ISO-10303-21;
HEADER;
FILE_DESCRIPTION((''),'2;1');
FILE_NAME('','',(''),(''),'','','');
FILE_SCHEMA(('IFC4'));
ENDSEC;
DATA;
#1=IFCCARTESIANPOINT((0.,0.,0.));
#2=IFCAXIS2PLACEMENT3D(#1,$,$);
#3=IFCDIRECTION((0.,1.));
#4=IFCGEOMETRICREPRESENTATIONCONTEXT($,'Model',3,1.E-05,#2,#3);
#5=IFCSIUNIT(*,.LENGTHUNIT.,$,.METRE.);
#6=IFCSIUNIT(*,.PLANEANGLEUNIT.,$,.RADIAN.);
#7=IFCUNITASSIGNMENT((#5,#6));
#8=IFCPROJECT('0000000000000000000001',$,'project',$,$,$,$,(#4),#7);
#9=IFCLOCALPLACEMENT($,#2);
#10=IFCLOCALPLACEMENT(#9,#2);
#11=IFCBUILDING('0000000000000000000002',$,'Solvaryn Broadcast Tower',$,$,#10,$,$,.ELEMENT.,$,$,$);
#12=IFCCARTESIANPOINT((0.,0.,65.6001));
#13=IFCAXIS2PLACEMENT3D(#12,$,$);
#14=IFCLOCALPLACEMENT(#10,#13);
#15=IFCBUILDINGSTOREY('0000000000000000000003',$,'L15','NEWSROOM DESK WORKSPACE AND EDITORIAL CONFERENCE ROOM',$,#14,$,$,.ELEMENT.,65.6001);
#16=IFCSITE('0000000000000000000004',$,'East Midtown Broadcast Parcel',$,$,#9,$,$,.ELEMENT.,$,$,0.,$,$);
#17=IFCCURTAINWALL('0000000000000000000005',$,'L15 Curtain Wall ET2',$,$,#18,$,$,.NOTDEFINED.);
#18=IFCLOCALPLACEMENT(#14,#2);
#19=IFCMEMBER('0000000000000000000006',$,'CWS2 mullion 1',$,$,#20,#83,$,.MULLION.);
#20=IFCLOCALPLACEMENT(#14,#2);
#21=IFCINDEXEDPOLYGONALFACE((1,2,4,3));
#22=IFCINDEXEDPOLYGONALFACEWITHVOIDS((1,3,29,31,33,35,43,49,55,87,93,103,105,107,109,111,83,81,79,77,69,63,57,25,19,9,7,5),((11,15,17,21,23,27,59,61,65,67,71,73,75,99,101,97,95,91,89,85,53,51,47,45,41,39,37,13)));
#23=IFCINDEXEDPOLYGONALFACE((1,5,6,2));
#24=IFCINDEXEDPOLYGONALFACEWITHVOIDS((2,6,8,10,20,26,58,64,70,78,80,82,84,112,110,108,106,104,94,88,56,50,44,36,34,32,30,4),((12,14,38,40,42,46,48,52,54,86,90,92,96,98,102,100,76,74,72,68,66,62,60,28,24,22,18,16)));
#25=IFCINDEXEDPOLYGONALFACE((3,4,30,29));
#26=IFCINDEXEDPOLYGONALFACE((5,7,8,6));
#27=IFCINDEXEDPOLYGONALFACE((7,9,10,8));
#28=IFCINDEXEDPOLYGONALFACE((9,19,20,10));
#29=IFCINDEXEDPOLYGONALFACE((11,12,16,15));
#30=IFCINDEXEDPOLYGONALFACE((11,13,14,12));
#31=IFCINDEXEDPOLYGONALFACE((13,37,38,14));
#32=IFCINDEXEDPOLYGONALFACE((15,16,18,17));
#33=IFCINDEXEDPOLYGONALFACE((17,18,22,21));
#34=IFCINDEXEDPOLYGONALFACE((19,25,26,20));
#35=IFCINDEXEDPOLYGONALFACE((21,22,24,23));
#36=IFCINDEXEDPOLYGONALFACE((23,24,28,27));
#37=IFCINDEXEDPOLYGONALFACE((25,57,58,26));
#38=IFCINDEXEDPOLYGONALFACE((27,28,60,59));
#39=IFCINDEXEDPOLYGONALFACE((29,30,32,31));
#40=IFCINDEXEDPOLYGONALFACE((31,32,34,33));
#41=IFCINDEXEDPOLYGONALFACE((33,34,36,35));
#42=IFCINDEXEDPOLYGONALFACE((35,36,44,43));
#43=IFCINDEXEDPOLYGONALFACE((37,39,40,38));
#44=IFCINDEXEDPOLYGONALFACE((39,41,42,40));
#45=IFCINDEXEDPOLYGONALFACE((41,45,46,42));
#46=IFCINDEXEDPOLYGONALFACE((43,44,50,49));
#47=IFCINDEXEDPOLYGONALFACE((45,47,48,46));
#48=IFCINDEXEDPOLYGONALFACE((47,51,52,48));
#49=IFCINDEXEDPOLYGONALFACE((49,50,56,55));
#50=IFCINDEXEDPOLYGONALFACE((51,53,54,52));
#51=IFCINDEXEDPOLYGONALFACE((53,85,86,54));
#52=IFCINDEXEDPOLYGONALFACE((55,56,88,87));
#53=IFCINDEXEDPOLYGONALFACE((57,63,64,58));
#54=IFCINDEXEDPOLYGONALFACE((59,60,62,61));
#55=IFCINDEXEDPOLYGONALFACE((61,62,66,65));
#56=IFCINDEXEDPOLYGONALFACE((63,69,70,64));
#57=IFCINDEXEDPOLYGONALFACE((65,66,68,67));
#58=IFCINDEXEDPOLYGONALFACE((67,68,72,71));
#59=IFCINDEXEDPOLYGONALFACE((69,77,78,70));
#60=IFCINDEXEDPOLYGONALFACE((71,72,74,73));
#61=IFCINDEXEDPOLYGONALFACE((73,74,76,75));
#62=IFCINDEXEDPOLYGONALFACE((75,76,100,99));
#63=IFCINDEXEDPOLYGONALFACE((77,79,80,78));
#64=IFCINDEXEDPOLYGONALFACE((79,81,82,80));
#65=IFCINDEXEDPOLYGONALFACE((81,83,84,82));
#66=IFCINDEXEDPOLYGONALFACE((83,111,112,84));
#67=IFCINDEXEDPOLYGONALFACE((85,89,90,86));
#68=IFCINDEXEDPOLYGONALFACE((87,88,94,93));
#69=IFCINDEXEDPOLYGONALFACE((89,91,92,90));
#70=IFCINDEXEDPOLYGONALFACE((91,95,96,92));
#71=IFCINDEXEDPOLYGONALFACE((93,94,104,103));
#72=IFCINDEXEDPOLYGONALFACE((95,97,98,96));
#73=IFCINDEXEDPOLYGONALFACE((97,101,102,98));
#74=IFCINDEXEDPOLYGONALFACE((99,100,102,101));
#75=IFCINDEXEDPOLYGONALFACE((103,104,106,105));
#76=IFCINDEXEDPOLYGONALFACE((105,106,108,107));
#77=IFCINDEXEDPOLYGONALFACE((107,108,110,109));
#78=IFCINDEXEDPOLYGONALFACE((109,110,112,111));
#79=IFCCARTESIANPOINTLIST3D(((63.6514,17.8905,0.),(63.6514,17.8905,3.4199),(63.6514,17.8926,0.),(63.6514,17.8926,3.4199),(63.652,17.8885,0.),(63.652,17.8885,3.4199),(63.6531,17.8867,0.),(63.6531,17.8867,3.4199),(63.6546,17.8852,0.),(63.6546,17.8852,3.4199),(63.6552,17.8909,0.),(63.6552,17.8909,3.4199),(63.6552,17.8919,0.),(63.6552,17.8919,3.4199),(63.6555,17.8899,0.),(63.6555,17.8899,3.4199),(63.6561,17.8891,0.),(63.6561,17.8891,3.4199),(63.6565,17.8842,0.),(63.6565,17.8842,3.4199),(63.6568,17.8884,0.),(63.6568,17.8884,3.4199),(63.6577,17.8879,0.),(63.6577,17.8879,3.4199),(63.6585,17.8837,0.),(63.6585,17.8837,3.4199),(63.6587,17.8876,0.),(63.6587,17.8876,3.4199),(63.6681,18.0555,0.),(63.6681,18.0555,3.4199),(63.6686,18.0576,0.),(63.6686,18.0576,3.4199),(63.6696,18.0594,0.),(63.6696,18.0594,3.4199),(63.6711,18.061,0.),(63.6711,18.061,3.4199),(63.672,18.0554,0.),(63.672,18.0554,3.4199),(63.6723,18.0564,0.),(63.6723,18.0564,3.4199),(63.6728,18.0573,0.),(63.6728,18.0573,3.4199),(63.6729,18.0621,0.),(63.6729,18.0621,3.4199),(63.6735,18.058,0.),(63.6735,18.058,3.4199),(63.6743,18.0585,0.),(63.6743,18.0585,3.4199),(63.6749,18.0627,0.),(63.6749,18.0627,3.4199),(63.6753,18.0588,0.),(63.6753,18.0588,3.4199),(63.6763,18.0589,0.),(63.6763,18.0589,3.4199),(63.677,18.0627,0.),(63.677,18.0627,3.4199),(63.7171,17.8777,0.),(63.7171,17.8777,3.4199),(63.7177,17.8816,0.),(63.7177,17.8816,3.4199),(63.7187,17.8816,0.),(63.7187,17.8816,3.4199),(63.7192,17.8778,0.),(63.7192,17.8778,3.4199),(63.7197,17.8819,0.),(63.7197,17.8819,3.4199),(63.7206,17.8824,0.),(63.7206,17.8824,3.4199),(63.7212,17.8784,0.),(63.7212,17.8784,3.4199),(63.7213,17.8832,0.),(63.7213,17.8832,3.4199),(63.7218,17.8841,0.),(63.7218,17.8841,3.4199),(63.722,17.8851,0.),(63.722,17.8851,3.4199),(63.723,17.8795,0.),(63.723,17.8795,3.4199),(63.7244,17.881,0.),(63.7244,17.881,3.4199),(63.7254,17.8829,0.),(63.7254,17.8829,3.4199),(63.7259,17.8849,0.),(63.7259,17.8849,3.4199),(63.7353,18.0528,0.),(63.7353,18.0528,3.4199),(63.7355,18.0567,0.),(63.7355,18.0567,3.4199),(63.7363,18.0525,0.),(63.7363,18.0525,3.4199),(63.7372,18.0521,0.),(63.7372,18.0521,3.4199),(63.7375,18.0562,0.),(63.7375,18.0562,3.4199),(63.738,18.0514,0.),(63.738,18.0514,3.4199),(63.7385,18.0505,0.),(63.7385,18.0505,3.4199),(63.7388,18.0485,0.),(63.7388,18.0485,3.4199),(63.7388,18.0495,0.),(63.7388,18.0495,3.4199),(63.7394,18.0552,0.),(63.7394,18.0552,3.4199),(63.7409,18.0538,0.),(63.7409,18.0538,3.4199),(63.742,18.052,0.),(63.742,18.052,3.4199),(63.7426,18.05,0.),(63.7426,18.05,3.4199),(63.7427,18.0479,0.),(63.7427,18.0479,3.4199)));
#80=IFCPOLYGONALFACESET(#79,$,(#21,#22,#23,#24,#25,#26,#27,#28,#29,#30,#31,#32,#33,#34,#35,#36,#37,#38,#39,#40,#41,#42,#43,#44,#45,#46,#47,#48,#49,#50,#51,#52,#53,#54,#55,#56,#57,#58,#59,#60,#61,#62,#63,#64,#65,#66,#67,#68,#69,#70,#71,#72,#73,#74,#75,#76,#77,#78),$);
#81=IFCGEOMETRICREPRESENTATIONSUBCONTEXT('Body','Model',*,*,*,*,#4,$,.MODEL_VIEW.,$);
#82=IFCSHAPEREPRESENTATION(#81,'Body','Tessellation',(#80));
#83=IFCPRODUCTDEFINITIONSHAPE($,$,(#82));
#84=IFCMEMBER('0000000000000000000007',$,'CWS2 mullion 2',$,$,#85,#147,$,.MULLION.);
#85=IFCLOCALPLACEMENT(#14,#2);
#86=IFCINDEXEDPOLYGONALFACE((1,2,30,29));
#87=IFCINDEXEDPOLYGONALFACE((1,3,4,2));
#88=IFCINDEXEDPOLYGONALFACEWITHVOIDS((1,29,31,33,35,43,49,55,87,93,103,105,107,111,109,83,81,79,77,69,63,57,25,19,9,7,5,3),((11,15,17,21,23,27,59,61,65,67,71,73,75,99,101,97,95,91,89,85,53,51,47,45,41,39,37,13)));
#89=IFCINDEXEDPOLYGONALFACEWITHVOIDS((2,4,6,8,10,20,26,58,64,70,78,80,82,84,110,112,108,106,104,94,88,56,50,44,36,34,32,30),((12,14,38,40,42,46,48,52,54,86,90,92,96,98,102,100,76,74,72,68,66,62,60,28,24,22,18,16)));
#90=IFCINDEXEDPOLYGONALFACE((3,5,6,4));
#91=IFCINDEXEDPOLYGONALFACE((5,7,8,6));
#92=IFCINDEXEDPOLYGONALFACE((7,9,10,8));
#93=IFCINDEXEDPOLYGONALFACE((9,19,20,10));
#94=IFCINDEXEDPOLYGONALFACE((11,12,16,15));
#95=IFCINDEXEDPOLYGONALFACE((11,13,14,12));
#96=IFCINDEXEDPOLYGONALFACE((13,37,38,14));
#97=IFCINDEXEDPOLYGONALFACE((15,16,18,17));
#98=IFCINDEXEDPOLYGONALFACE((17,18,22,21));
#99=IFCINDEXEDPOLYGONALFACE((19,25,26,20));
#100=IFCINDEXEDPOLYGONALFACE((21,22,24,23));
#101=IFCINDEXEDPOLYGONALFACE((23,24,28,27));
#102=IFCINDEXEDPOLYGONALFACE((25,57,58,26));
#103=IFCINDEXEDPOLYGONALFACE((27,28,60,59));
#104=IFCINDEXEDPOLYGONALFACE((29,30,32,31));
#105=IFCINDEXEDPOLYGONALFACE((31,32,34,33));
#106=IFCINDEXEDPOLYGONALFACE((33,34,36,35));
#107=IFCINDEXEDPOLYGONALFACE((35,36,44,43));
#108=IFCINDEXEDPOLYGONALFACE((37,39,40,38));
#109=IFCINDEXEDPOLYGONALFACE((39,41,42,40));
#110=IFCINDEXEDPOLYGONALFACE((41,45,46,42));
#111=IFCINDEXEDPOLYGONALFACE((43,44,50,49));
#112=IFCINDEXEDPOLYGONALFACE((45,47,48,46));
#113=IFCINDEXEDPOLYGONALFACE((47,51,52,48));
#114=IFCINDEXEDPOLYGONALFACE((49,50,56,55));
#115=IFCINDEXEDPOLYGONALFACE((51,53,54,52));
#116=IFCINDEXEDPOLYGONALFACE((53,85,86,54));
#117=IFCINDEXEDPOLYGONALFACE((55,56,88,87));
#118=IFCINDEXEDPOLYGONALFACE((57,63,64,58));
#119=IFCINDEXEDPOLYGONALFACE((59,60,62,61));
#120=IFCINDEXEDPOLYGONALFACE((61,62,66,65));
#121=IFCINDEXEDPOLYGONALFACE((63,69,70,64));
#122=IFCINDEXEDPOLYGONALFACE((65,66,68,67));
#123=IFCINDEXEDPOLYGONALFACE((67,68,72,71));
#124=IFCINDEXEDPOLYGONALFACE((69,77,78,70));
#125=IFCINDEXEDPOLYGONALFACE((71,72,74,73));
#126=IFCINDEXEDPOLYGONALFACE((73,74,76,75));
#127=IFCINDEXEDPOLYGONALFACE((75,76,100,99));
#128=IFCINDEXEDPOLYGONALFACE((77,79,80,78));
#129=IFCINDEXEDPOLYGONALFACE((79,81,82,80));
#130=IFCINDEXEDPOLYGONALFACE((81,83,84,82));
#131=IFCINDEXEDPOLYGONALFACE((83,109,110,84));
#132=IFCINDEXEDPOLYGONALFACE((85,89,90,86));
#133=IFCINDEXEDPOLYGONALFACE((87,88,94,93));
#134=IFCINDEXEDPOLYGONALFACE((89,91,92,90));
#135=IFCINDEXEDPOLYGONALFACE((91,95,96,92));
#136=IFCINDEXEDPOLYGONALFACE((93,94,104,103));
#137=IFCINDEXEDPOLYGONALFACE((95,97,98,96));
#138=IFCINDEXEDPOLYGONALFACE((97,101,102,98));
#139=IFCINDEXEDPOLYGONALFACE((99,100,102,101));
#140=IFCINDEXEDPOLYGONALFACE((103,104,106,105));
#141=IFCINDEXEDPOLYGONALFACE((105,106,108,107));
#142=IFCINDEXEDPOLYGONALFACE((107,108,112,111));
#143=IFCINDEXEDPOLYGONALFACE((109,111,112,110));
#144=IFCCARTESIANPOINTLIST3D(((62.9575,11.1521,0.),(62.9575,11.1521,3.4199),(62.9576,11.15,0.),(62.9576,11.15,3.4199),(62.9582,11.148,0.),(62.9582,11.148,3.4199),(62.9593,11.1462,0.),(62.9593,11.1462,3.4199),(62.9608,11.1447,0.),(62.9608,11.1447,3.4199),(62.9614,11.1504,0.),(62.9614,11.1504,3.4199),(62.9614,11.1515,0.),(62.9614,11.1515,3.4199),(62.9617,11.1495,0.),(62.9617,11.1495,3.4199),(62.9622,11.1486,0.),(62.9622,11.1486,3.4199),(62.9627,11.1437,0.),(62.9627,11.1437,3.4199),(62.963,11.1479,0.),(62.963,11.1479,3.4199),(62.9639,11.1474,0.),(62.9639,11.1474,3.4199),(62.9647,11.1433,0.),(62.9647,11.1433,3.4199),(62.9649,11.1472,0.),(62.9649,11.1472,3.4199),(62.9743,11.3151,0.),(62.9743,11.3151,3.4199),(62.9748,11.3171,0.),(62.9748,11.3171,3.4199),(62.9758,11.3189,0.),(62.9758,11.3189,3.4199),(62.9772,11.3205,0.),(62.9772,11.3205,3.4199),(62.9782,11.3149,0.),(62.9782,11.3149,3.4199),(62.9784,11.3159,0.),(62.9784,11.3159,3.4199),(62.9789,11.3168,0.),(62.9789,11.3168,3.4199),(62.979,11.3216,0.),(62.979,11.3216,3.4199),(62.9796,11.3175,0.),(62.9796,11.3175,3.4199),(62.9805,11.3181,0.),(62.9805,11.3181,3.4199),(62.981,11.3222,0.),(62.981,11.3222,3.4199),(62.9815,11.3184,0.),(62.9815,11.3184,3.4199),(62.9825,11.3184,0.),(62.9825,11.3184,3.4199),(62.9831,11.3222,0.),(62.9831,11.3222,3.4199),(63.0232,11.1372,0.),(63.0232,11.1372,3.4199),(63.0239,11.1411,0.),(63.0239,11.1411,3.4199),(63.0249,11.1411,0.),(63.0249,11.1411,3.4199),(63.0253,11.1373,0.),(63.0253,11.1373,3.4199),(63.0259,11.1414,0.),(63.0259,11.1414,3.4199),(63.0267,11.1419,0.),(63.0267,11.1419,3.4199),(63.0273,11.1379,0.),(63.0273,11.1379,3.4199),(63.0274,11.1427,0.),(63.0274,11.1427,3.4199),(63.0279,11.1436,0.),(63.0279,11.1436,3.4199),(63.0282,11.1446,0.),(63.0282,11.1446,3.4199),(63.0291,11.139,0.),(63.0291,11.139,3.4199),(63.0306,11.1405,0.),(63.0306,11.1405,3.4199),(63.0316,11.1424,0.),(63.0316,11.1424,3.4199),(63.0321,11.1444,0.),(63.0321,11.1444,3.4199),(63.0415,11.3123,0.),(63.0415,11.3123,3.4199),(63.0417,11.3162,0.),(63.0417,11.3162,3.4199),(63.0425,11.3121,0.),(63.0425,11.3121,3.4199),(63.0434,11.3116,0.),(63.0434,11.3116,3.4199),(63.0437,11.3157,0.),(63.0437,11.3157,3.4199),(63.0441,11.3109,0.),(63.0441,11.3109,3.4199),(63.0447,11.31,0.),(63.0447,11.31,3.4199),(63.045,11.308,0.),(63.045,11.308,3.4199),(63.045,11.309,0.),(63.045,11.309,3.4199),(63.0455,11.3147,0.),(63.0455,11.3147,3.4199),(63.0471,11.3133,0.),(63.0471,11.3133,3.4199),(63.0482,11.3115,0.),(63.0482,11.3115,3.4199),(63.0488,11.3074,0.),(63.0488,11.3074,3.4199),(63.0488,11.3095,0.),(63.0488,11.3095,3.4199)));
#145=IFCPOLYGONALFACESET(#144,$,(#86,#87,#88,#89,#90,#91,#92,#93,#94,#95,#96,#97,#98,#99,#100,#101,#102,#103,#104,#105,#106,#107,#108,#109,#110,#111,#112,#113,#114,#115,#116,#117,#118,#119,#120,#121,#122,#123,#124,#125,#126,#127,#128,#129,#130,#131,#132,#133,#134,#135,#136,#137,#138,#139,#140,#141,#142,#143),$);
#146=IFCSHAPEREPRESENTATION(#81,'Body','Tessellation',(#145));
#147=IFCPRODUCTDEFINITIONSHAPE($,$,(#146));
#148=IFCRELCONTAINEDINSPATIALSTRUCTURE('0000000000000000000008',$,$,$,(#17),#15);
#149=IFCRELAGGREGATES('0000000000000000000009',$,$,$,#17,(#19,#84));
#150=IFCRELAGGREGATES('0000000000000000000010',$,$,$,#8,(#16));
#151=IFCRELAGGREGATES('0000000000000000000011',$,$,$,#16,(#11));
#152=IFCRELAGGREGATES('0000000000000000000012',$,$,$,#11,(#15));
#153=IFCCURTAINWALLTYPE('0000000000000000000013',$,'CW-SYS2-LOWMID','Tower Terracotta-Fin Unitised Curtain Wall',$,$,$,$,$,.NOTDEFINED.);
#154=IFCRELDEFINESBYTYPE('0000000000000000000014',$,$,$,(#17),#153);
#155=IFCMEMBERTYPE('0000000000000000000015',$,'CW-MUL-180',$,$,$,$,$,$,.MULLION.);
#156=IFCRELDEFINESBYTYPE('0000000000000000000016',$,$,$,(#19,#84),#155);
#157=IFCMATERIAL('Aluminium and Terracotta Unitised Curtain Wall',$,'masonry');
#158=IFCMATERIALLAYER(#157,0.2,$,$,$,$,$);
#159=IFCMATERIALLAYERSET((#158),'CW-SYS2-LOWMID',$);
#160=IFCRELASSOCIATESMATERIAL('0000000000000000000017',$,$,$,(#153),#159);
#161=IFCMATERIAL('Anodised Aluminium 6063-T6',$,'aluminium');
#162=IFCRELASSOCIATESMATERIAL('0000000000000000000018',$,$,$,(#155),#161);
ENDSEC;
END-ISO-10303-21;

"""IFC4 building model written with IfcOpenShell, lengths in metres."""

from ifc_helpers import new_model, si_unit, direction, frame, origin, origin_2d, place, context, subcontext, project, spatial, hollow_rectangle, extrude, material, layer, layer_set, material_profile, profile_set, type_object, element, aggregate, save


model = new_model("IFC4")

# Units and contexts
model_context = context("Model", 3, precision=1e-05, world=origin(), true_north=direction((0.0, 1.0)))
body_context = subcontext(model_context, "Body", "Model", "MODEL_VIEW")
ifc_project = project(units=[si_unit("LENGTHUNIT", "METRE"), si_unit("PLANEANGLEUNIT", "RADIAN")], contexts=[model_context])

# Site, building, storey
site_placement = place(None, origin())
site = spatial("IfcSite", under=ifc_project, at=site_placement, Name="East Midtown Broadcast Parcel", CompositionType="ELEMENT", RefElevation=0.0)
building_placement = place(site_placement, origin())
building = spatial("IfcBuilding", under=site, at=building_placement, Name="Solvaryn Broadcast Tower", CompositionType="ELEMENT")
storey_placement = place(building_placement, frame((0.0, 0.0, 65.6001)))
storey = spatial("IfcBuildingStorey", under=building, at=storey_placement, Name="L15", Description="NEWSROOM DESK WORKSPACE AND EDITORIAL CONFERENCE ROOM", CompositionType="ELEMENT", Elevation=65.6001)

# Shared definitions
ifc_material_1 = material(Name="Aluminium and Terracotta Unitised Curtain Wall", Category="masonry")
ifc_layer_1 = layer(ifc_material_1, 0.2)
ifc_layer_set_1 = layer_set([ifc_layer_1], Name="CW-SYS2-LOWMID")
curtain_wall_type = type_object("IfcCurtainWallType", Name="CW-SYS2-LOWMID", Description="Tower Terracotta-Fin Unitised Curtain Wall", PredefinedType="NOTDEFINED", material=ifc_layer_set_1)
ifc_material_2 = material(Name="Anodised Aluminium 6063-T6", Category="aluminium")
ifc_material_profile_1 = material_profile(ifc_material_2, hollow_rectangle(XDim=0.075, YDim=0.1799, WallThickness=0.0039, InnerFilletRadius=0.0039, OuterFilletRadius=0.0081, at=origin_2d()))
ifc_profile_set_1 = profile_set([ifc_material_profile_1], Name="Anodised Aluminium 6063-T6")
member_type_1 = type_object("IfcMemberType", Name="CW-MUL-180", PredefinedType="MULLION", material=ifc_profile_set_1)

# Curtain wall, members
curtain_wall_1_placement = place(storey_placement, origin())
curtain_wall_1 = element("IfcCurtainWall", 1, at=curtain_wall_1_placement, inside=storey, type_object=curtain_wall_type, Name="L15 Curtain Wall ET2", PredefinedType="NOTDEFINED")
member_1_placement = place(storey_placement, frame((63.697, 17.9702, 0.0), z_axis=(0.0, 0.0, 1.0), x_axis=(0.994743, -0.1024, 0.0)))
member_1 = element("IfcMember", 2, at=member_1_placement, type_object=member_type_1, Name="CWS2 mullion 1", PredefinedType="MULLION", context=body_context, shape_type="SweptSolid", body=[
    extrude(hollow_rectangle(XDim=0.075, YDim=0.1799, WallThickness=0.0039, InnerFilletRadius=0.0039, OuterFilletRadius=0.0081, at=origin_2d()), origin(), (0.0, 0.0, 1.0), 3.4199),
])
member_2_placement = place(storey_placement, frame((63.0032, 11.2297, 0.0), z_axis=(0.0, 0.0, 1.0), x_axis=(0.994743, -0.1024, 0.0)))
member_2 = element("IfcMember", 3, at=member_2_placement, type_object=member_type_1, Name="CWS2 mullion 2", PredefinedType="MULLION", context=body_context, shape_type="SweptSolid", body=[
    extrude(hollow_rectangle(XDim=0.075, YDim=0.1799, WallThickness=0.0039, InnerFilletRadius=0.0039, OuterFilletRadius=0.0081, at=origin_2d()), origin(), (0.0, 0.0, 1.0), 3.4199),
])
aggregate(curtain_wall_1, [member_1, member_2])

save(model, "model.ifc")
